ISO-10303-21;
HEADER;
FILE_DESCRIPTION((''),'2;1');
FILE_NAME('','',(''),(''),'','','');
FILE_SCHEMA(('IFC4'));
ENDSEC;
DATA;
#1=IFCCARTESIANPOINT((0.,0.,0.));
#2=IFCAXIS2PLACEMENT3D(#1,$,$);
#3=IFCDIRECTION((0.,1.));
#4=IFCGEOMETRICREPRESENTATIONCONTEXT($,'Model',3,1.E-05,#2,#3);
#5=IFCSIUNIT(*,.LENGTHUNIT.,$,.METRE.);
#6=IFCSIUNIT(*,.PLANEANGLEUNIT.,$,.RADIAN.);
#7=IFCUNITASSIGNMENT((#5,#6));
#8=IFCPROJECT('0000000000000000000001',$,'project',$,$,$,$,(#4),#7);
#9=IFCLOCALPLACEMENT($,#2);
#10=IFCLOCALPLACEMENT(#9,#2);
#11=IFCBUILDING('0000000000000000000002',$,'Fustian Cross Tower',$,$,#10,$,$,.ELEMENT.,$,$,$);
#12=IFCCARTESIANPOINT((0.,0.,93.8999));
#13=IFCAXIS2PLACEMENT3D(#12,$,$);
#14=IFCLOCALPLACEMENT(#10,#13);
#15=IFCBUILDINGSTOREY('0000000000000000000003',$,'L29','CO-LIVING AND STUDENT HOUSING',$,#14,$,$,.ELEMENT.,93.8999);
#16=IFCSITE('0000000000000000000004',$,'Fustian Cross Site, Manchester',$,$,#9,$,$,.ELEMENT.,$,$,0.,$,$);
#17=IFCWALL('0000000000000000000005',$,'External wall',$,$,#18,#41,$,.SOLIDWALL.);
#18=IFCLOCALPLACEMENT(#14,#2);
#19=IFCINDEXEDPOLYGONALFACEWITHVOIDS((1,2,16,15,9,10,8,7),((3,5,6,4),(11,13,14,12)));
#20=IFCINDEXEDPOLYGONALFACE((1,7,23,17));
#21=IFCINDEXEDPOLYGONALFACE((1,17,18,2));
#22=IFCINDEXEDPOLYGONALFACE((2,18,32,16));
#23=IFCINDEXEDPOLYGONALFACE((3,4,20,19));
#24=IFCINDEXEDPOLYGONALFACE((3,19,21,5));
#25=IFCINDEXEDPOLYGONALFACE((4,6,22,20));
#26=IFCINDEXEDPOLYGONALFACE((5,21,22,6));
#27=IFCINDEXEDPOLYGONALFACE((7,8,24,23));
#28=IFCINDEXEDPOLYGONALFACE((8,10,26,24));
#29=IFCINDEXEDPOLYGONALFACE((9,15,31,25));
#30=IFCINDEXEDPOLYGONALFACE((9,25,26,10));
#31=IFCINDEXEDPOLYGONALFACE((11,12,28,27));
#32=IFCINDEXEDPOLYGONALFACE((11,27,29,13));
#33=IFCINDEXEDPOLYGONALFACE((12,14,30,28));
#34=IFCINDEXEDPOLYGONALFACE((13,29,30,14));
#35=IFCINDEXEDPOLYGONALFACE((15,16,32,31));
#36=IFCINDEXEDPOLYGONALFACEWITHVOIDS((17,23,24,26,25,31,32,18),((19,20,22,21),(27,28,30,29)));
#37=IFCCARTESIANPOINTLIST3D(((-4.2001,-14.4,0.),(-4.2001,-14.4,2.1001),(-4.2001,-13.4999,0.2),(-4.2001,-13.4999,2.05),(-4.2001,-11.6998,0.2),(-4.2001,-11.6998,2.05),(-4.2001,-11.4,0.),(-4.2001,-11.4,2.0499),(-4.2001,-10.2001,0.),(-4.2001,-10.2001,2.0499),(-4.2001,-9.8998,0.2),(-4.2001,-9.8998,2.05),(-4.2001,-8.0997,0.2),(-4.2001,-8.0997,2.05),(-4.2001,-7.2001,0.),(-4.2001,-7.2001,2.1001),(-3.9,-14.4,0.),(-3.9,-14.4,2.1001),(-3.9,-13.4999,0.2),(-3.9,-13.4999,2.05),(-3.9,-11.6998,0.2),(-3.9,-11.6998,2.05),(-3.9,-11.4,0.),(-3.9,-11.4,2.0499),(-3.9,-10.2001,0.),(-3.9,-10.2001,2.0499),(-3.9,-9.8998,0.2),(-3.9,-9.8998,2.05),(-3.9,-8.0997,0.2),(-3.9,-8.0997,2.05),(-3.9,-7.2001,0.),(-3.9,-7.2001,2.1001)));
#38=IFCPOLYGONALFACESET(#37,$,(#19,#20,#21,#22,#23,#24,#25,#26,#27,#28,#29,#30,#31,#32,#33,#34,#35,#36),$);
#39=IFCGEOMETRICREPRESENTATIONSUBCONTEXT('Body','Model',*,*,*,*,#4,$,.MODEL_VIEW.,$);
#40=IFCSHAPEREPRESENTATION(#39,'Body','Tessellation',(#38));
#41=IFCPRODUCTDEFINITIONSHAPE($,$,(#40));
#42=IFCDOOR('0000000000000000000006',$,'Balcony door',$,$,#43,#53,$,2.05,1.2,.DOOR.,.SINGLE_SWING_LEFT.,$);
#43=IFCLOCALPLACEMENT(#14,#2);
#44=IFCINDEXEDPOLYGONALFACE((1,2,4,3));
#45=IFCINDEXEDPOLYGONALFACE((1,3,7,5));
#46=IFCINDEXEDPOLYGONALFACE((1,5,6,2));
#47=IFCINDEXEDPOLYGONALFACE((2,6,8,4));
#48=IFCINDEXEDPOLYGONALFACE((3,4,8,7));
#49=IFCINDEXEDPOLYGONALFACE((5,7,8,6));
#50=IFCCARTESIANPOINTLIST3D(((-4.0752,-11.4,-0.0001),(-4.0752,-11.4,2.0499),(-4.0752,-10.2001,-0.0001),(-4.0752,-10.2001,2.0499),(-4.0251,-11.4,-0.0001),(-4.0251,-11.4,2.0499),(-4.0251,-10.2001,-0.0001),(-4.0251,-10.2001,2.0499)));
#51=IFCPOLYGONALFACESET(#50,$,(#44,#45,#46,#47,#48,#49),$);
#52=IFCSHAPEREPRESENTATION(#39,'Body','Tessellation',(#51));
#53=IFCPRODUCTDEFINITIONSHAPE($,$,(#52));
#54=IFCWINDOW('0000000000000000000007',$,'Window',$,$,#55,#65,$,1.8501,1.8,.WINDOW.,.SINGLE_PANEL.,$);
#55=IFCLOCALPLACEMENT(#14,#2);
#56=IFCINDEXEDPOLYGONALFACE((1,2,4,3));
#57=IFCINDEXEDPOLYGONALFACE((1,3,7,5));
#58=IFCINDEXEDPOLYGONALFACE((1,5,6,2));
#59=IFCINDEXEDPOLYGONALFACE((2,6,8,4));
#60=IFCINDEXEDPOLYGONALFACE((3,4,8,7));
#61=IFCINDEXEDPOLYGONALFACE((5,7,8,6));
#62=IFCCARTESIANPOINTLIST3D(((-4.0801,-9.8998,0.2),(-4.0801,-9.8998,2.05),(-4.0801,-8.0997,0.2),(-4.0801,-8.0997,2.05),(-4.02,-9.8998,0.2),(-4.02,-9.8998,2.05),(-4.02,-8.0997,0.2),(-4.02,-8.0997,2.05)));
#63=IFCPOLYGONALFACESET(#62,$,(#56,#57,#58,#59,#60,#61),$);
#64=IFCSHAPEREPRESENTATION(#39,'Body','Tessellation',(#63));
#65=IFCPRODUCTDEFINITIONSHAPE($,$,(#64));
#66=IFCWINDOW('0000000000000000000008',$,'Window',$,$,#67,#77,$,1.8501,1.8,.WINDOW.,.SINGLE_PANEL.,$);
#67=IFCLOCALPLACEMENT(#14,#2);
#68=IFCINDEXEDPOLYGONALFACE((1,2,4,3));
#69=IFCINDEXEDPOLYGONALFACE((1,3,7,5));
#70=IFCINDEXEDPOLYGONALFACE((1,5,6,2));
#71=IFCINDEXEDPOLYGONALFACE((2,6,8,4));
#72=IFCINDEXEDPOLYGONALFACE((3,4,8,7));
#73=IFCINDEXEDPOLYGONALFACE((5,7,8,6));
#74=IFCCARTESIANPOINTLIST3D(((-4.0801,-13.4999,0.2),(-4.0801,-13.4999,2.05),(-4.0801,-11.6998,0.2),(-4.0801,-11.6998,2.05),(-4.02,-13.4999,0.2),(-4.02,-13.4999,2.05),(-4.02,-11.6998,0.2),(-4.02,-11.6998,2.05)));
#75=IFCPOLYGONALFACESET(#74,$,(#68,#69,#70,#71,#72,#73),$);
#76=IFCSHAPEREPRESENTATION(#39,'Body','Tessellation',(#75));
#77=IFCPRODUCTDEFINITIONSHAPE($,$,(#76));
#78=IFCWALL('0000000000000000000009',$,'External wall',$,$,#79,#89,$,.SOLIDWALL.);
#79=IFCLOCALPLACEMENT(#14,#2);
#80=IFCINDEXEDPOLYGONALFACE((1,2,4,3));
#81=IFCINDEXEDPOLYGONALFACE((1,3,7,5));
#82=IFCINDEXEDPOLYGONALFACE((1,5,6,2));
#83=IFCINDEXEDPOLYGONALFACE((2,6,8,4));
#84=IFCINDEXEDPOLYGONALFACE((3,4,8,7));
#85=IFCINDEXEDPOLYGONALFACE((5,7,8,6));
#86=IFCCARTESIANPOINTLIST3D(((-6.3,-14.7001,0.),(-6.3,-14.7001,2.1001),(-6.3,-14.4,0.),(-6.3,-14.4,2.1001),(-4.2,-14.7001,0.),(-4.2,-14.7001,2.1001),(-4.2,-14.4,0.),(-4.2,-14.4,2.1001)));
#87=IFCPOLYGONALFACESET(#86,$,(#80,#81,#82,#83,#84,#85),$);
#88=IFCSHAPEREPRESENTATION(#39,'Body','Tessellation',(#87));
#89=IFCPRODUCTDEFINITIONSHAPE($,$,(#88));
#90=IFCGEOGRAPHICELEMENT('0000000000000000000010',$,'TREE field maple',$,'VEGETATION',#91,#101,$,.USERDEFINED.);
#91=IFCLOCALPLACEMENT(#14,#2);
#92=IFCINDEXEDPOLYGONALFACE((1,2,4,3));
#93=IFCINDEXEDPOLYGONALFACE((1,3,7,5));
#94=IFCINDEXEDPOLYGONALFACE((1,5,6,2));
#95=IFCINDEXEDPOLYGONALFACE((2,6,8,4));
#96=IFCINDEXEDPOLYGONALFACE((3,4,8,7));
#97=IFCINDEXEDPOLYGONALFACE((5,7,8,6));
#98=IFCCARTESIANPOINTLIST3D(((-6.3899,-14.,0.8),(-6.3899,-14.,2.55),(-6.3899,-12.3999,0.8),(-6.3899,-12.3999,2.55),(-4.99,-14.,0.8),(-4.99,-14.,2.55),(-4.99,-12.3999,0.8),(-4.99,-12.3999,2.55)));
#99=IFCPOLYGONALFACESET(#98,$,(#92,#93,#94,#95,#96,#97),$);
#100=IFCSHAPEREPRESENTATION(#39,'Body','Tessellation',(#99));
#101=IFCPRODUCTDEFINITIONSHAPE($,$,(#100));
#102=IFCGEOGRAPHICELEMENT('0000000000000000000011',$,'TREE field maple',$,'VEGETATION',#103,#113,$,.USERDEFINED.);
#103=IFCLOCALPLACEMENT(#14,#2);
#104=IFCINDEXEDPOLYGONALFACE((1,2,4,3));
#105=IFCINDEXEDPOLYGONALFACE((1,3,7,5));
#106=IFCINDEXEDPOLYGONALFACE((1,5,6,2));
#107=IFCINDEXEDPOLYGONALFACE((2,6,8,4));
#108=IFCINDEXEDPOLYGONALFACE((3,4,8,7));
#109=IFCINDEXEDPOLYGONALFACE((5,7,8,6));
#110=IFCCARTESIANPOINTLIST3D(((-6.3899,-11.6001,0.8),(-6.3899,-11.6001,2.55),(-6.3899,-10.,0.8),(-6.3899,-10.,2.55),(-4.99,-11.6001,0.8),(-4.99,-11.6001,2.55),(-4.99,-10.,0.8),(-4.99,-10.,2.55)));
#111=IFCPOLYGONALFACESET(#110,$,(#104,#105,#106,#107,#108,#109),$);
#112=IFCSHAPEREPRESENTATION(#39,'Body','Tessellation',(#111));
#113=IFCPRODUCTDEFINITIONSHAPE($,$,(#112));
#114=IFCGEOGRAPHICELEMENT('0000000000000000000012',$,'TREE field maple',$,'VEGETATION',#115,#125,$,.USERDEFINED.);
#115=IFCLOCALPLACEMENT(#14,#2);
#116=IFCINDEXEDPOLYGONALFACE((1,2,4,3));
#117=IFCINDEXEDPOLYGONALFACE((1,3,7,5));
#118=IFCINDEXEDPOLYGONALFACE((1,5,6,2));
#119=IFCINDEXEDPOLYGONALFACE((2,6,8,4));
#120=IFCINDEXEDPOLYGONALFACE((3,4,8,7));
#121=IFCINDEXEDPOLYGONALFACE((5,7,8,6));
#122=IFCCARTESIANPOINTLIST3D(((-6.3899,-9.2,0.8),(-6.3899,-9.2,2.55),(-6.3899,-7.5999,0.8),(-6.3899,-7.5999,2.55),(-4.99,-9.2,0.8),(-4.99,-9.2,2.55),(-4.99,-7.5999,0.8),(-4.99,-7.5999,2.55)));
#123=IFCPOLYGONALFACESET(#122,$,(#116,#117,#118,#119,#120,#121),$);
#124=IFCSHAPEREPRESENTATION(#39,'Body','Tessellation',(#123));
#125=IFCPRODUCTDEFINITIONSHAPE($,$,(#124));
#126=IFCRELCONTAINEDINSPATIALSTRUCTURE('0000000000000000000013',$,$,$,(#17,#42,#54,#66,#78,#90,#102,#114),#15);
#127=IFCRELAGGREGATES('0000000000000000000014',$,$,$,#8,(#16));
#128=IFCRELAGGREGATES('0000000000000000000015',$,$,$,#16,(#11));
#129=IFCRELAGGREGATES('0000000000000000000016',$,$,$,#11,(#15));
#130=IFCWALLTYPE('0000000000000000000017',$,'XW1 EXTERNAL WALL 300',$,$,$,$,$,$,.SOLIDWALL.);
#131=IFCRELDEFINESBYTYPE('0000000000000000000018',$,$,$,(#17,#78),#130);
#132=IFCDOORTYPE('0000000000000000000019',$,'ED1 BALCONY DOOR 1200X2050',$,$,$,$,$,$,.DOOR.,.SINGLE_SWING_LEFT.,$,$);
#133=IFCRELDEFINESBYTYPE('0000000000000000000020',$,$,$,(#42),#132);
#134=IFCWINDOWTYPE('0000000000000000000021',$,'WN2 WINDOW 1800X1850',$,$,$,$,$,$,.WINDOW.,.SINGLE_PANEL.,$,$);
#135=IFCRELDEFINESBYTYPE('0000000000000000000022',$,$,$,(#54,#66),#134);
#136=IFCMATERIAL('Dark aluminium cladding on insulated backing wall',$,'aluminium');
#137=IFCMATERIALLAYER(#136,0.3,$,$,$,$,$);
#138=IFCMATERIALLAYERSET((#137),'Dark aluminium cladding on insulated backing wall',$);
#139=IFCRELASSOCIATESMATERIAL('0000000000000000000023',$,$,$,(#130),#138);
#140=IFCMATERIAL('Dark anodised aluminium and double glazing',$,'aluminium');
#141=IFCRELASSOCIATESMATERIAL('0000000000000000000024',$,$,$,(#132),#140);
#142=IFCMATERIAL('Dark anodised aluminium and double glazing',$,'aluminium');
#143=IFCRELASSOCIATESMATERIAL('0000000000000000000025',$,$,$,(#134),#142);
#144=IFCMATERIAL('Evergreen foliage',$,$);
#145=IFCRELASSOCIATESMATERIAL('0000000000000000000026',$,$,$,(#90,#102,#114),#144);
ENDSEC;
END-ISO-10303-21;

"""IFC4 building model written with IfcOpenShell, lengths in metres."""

from ifc_helpers import new_model, si_unit, direction, frame, frame_2d, origin, origin_2d, place, context, subcontext, project, spatial, rectangle, extrude, material, layer, layer_set, type_object, element, fill, save


model = new_model("IFC4")

# Units and contexts
model_context = context("Model", 3, precision=1e-05, world=origin(), true_north=direction((0.0, 1.0)))
body_context = subcontext(model_context, "Body", "Model", "MODEL_VIEW")
ifc_project = project(units=[si_unit("LENGTHUNIT", "METRE"), si_unit("PLANEANGLEUNIT", "RADIAN")], contexts=[model_context])

# Site, building, storey
site_placement = place(None, origin())
site = spatial("IfcSite", under=ifc_project, at=site_placement, Name="Fustian Cross Site, Manchester", CompositionType="ELEMENT", RefElevation=0.0)
building_placement = place(site_placement, origin())
building = spatial("IfcBuilding", under=site, at=building_placement, Name="Fustian Cross Tower", CompositionType="ELEMENT")
storey_placement = place(building_placement, frame((0.0, 0.0, 93.8999)))
storey = spatial("IfcBuildingStorey", under=building, at=storey_placement, Name="L29", Description="CO-LIVING AND STUDENT HOUSING", CompositionType="ELEMENT", Elevation=93.8999)

# Wall, openings, door, windows
ifc_material_1 = material(Name="Dark aluminium cladding on insulated backing wall", Category="aluminium")
ifc_layer_1 = layer(ifc_material_1, 0.3)
ifc_layer_set_1 = layer_set([ifc_layer_1], Name="Dark aluminium cladding on insulated backing wall")
wall_type_1 = type_object("IfcWallType", Name="XW1 EXTERNAL WALL 300", PredefinedType="SOLIDWALL", material=ifc_layer_set_1)
wall_1_placement = place(storey_placement, frame((-4.05, -7.2, 0.0), z_axis=(0.0, 0.0, 1.0), x_axis=(0.0, -1.0, 0.0)))
wall_1 = element("IfcWall", 1, at=wall_1_placement, inside=storey, type_object=wall_type_1, Name="External wall", PredefinedType="SOLIDWALL", context=body_context, shape_type="SweptSolid", body=[
    extrude(rectangle(XDim=7.2, YDim=0.3, at=frame_2d((3.6001, 0.0))), origin(), (0.0, 0.0, 1.0), 2.1001),
])
opening_1_placement = place(wall_1_placement, frame((3.0, 0.0, 0.0)))
opening_1 = element("IfcOpeningElement", 2, at=opening_1_placement, cuts=wall_1, PredefinedType="OPENING", context=body_context, shape_type="SweptSolid", body=[
    extrude(rectangle(XDim=1.2, YDim=2.05, at=frame_2d((0.6001, 1.0249))), frame((0.0, 0.1599, 0.0), z_axis=(0.0, -1.0, 0.0), x_axis=(1.0, 0.0, 0.0)), (0.0, 0.0, 1.0), 0.3201),
])
opening_2_placement = place(wall_1_placement, frame((0.8999, 0.0, 0.2)))
opening_2 = element("IfcOpeningElement", 3, at=opening_2_placement, cuts=wall_1, PredefinedType="OPENING", context=body_context, shape_type="SweptSolid", body=[
    extrude(rectangle(XDim=1.8, YDim=1.8501, at=frame_2d((0.8999, 0.925))), frame((0.0, 0.1599, 0.0), z_axis=(0.0, -1.0, 0.0), x_axis=(1.0, 0.0, 0.0)), (0.0, 0.0, 1.0), 0.3201),
])
opening_3_placement = place(wall_1_placement, frame((4.5, 0.0, 0.2)))
opening_3 = element("IfcOpeningElement", 4, at=opening_3_placement, cuts=wall_1, PredefinedType="OPENING", context=body_context, shape_type="SweptSolid", body=[
    extrude(rectangle(XDim=1.8, YDim=1.8501, at=frame_2d((0.8999, 0.925))), frame((0.0, 0.1599, 0.0), z_axis=(0.0, -1.0, 0.0), x_axis=(1.0, 0.0, 0.0)), (0.0, 0.0, 1.0), 0.3201),
])
ifc_material_2 = material(Name="Dark anodised aluminium and double glazing", Category="aluminium")
door_type_1 = type_object("IfcDoorType", Name="ED1 BALCONY DOOR 1200X2050", OperationType="SINGLE_SWING_LEFT", PredefinedType="DOOR", material=ifc_material_2)
door_1_placement = place(opening_1_placement, origin())
door_1 = element("IfcDoor", 5, at=door_1_placement, inside=storey, type_object=door_type_1, Name="Balcony door", OperationType="SINGLE_SWING_LEFT", OverallHeight=2.05, OverallWidth=1.2, PredefinedType="DOOR", context=body_context, shape_type="SweptSolid", body=[
    extrude(rectangle(XDim=1.2, YDim=2.05, at=frame_2d((0.6001, 1.0249))), frame((0.0, 0.0249, 0.0), z_axis=(0.0, -1.0, 0.0), x_axis=(1.0, 0.0, 0.0)), (0.0, 0.0, 1.0), 0.05),
])
fill(opening_1, door_1)
ifc_material_3 = material(Name="Dark anodised aluminium and double glazing", Category="aluminium")
window_type = type_object("IfcWindowType", Name="WN2 WINDOW 1800X1850", PartitioningType="SINGLE_PANEL", PredefinedType="WINDOW", material=ifc_material_3)
window_1_placement = place(opening_2_placement, origin())
window_1 = element("IfcWindow", 6, at=window_1_placement, inside=storey, type_object=window_type, Name="Window", OverallHeight=1.8501, OverallWidth=1.8, PartitioningType="SINGLE_PANEL", PredefinedType="WINDOW", context=body_context, shape_type="SweptSolid", body=[
    extrude(rectangle(XDim=1.8, YDim=1.8501, at=frame_2d((0.8999, 0.925))), frame((0.0, 0.03, 0.0), z_axis=(0.0, -1.0, 0.0), x_axis=(1.0, 0.0, 0.0)), (0.0, 0.0, 1.0), 0.0601),
])
fill(opening_2, window_1)
window_2_placement = place(opening_3_placement, origin())
window_2 = element("IfcWindow", 7, at=window_2_placement, inside=storey, type_object=window_type, Name="Window", OverallHeight=1.8501, OverallWidth=1.8, PartitioningType="SINGLE_PANEL", PredefinedType="WINDOW", context=body_context, shape_type="SweptSolid", body=[
    extrude(rectangle(XDim=1.8, YDim=1.8501, at=frame_2d((0.8999, 0.925))), frame((0.0, 0.03, 0.0), z_axis=(0.0, -1.0, 0.0), x_axis=(1.0, 0.0, 0.0)), (0.0, 0.0, 1.0), 0.0601),
])
fill(opening_3, window_2)

# Wall
wall_2_placement = place(storey_placement, frame((-4.2, -14.55, 0.0), z_axis=(0.0, 0.0, 1.0), x_axis=(-1.0, 0.0, 0.0)))
element("IfcWall", 8, at=wall_2_placement, inside=storey, type_object=wall_type_1, Name="External wall", PredefinedType="SOLIDWALL", context=body_context, shape_type="SweptSolid", body=[
    extrude(rectangle(XDim=2.1001, YDim=0.3, at=frame_2d((1.05, 0.0))), origin(), (0.0, 0.0, 1.0), 2.1001),
])

# Geographic elements
ifc_material_4 = material(Name="Evergreen foliage")
for number, where, z_axis, x_axis, name in (
    (9, (-5.6899, -13.2, 0.8), (0.0, 0.0, 1.0), (1.0, 0.0, 0.0), "TREE field maple"),
    (10, (-5.6899, -10.8, 0.8), (0.0, 0.0, 1.0), (1.0, 0.0, 0.0), "TREE field maple"),
    (11, (-5.6899, -8.3999, 0.8), (0.0, 0.0, 1.0), (1.0, 0.0, 0.0), "TREE field maple"),
):
    element("IfcGeographicElement", number, at=place(storey_placement, frame(where, z_axis=z_axis, x_axis=x_axis)), inside=storey, material=ifc_material_4, Name=name, ObjectType="VEGETATION", PredefinedType="USERDEFINED", context=body_context, shape_type="SweptSolid", body=[
        extrude(rectangle(XDim=1.3999, YDim=1.6001, at=origin_2d()), origin(), (0.0, 0.0, 1.0), 1.75),
    ])

save(model, "model.ifc")
